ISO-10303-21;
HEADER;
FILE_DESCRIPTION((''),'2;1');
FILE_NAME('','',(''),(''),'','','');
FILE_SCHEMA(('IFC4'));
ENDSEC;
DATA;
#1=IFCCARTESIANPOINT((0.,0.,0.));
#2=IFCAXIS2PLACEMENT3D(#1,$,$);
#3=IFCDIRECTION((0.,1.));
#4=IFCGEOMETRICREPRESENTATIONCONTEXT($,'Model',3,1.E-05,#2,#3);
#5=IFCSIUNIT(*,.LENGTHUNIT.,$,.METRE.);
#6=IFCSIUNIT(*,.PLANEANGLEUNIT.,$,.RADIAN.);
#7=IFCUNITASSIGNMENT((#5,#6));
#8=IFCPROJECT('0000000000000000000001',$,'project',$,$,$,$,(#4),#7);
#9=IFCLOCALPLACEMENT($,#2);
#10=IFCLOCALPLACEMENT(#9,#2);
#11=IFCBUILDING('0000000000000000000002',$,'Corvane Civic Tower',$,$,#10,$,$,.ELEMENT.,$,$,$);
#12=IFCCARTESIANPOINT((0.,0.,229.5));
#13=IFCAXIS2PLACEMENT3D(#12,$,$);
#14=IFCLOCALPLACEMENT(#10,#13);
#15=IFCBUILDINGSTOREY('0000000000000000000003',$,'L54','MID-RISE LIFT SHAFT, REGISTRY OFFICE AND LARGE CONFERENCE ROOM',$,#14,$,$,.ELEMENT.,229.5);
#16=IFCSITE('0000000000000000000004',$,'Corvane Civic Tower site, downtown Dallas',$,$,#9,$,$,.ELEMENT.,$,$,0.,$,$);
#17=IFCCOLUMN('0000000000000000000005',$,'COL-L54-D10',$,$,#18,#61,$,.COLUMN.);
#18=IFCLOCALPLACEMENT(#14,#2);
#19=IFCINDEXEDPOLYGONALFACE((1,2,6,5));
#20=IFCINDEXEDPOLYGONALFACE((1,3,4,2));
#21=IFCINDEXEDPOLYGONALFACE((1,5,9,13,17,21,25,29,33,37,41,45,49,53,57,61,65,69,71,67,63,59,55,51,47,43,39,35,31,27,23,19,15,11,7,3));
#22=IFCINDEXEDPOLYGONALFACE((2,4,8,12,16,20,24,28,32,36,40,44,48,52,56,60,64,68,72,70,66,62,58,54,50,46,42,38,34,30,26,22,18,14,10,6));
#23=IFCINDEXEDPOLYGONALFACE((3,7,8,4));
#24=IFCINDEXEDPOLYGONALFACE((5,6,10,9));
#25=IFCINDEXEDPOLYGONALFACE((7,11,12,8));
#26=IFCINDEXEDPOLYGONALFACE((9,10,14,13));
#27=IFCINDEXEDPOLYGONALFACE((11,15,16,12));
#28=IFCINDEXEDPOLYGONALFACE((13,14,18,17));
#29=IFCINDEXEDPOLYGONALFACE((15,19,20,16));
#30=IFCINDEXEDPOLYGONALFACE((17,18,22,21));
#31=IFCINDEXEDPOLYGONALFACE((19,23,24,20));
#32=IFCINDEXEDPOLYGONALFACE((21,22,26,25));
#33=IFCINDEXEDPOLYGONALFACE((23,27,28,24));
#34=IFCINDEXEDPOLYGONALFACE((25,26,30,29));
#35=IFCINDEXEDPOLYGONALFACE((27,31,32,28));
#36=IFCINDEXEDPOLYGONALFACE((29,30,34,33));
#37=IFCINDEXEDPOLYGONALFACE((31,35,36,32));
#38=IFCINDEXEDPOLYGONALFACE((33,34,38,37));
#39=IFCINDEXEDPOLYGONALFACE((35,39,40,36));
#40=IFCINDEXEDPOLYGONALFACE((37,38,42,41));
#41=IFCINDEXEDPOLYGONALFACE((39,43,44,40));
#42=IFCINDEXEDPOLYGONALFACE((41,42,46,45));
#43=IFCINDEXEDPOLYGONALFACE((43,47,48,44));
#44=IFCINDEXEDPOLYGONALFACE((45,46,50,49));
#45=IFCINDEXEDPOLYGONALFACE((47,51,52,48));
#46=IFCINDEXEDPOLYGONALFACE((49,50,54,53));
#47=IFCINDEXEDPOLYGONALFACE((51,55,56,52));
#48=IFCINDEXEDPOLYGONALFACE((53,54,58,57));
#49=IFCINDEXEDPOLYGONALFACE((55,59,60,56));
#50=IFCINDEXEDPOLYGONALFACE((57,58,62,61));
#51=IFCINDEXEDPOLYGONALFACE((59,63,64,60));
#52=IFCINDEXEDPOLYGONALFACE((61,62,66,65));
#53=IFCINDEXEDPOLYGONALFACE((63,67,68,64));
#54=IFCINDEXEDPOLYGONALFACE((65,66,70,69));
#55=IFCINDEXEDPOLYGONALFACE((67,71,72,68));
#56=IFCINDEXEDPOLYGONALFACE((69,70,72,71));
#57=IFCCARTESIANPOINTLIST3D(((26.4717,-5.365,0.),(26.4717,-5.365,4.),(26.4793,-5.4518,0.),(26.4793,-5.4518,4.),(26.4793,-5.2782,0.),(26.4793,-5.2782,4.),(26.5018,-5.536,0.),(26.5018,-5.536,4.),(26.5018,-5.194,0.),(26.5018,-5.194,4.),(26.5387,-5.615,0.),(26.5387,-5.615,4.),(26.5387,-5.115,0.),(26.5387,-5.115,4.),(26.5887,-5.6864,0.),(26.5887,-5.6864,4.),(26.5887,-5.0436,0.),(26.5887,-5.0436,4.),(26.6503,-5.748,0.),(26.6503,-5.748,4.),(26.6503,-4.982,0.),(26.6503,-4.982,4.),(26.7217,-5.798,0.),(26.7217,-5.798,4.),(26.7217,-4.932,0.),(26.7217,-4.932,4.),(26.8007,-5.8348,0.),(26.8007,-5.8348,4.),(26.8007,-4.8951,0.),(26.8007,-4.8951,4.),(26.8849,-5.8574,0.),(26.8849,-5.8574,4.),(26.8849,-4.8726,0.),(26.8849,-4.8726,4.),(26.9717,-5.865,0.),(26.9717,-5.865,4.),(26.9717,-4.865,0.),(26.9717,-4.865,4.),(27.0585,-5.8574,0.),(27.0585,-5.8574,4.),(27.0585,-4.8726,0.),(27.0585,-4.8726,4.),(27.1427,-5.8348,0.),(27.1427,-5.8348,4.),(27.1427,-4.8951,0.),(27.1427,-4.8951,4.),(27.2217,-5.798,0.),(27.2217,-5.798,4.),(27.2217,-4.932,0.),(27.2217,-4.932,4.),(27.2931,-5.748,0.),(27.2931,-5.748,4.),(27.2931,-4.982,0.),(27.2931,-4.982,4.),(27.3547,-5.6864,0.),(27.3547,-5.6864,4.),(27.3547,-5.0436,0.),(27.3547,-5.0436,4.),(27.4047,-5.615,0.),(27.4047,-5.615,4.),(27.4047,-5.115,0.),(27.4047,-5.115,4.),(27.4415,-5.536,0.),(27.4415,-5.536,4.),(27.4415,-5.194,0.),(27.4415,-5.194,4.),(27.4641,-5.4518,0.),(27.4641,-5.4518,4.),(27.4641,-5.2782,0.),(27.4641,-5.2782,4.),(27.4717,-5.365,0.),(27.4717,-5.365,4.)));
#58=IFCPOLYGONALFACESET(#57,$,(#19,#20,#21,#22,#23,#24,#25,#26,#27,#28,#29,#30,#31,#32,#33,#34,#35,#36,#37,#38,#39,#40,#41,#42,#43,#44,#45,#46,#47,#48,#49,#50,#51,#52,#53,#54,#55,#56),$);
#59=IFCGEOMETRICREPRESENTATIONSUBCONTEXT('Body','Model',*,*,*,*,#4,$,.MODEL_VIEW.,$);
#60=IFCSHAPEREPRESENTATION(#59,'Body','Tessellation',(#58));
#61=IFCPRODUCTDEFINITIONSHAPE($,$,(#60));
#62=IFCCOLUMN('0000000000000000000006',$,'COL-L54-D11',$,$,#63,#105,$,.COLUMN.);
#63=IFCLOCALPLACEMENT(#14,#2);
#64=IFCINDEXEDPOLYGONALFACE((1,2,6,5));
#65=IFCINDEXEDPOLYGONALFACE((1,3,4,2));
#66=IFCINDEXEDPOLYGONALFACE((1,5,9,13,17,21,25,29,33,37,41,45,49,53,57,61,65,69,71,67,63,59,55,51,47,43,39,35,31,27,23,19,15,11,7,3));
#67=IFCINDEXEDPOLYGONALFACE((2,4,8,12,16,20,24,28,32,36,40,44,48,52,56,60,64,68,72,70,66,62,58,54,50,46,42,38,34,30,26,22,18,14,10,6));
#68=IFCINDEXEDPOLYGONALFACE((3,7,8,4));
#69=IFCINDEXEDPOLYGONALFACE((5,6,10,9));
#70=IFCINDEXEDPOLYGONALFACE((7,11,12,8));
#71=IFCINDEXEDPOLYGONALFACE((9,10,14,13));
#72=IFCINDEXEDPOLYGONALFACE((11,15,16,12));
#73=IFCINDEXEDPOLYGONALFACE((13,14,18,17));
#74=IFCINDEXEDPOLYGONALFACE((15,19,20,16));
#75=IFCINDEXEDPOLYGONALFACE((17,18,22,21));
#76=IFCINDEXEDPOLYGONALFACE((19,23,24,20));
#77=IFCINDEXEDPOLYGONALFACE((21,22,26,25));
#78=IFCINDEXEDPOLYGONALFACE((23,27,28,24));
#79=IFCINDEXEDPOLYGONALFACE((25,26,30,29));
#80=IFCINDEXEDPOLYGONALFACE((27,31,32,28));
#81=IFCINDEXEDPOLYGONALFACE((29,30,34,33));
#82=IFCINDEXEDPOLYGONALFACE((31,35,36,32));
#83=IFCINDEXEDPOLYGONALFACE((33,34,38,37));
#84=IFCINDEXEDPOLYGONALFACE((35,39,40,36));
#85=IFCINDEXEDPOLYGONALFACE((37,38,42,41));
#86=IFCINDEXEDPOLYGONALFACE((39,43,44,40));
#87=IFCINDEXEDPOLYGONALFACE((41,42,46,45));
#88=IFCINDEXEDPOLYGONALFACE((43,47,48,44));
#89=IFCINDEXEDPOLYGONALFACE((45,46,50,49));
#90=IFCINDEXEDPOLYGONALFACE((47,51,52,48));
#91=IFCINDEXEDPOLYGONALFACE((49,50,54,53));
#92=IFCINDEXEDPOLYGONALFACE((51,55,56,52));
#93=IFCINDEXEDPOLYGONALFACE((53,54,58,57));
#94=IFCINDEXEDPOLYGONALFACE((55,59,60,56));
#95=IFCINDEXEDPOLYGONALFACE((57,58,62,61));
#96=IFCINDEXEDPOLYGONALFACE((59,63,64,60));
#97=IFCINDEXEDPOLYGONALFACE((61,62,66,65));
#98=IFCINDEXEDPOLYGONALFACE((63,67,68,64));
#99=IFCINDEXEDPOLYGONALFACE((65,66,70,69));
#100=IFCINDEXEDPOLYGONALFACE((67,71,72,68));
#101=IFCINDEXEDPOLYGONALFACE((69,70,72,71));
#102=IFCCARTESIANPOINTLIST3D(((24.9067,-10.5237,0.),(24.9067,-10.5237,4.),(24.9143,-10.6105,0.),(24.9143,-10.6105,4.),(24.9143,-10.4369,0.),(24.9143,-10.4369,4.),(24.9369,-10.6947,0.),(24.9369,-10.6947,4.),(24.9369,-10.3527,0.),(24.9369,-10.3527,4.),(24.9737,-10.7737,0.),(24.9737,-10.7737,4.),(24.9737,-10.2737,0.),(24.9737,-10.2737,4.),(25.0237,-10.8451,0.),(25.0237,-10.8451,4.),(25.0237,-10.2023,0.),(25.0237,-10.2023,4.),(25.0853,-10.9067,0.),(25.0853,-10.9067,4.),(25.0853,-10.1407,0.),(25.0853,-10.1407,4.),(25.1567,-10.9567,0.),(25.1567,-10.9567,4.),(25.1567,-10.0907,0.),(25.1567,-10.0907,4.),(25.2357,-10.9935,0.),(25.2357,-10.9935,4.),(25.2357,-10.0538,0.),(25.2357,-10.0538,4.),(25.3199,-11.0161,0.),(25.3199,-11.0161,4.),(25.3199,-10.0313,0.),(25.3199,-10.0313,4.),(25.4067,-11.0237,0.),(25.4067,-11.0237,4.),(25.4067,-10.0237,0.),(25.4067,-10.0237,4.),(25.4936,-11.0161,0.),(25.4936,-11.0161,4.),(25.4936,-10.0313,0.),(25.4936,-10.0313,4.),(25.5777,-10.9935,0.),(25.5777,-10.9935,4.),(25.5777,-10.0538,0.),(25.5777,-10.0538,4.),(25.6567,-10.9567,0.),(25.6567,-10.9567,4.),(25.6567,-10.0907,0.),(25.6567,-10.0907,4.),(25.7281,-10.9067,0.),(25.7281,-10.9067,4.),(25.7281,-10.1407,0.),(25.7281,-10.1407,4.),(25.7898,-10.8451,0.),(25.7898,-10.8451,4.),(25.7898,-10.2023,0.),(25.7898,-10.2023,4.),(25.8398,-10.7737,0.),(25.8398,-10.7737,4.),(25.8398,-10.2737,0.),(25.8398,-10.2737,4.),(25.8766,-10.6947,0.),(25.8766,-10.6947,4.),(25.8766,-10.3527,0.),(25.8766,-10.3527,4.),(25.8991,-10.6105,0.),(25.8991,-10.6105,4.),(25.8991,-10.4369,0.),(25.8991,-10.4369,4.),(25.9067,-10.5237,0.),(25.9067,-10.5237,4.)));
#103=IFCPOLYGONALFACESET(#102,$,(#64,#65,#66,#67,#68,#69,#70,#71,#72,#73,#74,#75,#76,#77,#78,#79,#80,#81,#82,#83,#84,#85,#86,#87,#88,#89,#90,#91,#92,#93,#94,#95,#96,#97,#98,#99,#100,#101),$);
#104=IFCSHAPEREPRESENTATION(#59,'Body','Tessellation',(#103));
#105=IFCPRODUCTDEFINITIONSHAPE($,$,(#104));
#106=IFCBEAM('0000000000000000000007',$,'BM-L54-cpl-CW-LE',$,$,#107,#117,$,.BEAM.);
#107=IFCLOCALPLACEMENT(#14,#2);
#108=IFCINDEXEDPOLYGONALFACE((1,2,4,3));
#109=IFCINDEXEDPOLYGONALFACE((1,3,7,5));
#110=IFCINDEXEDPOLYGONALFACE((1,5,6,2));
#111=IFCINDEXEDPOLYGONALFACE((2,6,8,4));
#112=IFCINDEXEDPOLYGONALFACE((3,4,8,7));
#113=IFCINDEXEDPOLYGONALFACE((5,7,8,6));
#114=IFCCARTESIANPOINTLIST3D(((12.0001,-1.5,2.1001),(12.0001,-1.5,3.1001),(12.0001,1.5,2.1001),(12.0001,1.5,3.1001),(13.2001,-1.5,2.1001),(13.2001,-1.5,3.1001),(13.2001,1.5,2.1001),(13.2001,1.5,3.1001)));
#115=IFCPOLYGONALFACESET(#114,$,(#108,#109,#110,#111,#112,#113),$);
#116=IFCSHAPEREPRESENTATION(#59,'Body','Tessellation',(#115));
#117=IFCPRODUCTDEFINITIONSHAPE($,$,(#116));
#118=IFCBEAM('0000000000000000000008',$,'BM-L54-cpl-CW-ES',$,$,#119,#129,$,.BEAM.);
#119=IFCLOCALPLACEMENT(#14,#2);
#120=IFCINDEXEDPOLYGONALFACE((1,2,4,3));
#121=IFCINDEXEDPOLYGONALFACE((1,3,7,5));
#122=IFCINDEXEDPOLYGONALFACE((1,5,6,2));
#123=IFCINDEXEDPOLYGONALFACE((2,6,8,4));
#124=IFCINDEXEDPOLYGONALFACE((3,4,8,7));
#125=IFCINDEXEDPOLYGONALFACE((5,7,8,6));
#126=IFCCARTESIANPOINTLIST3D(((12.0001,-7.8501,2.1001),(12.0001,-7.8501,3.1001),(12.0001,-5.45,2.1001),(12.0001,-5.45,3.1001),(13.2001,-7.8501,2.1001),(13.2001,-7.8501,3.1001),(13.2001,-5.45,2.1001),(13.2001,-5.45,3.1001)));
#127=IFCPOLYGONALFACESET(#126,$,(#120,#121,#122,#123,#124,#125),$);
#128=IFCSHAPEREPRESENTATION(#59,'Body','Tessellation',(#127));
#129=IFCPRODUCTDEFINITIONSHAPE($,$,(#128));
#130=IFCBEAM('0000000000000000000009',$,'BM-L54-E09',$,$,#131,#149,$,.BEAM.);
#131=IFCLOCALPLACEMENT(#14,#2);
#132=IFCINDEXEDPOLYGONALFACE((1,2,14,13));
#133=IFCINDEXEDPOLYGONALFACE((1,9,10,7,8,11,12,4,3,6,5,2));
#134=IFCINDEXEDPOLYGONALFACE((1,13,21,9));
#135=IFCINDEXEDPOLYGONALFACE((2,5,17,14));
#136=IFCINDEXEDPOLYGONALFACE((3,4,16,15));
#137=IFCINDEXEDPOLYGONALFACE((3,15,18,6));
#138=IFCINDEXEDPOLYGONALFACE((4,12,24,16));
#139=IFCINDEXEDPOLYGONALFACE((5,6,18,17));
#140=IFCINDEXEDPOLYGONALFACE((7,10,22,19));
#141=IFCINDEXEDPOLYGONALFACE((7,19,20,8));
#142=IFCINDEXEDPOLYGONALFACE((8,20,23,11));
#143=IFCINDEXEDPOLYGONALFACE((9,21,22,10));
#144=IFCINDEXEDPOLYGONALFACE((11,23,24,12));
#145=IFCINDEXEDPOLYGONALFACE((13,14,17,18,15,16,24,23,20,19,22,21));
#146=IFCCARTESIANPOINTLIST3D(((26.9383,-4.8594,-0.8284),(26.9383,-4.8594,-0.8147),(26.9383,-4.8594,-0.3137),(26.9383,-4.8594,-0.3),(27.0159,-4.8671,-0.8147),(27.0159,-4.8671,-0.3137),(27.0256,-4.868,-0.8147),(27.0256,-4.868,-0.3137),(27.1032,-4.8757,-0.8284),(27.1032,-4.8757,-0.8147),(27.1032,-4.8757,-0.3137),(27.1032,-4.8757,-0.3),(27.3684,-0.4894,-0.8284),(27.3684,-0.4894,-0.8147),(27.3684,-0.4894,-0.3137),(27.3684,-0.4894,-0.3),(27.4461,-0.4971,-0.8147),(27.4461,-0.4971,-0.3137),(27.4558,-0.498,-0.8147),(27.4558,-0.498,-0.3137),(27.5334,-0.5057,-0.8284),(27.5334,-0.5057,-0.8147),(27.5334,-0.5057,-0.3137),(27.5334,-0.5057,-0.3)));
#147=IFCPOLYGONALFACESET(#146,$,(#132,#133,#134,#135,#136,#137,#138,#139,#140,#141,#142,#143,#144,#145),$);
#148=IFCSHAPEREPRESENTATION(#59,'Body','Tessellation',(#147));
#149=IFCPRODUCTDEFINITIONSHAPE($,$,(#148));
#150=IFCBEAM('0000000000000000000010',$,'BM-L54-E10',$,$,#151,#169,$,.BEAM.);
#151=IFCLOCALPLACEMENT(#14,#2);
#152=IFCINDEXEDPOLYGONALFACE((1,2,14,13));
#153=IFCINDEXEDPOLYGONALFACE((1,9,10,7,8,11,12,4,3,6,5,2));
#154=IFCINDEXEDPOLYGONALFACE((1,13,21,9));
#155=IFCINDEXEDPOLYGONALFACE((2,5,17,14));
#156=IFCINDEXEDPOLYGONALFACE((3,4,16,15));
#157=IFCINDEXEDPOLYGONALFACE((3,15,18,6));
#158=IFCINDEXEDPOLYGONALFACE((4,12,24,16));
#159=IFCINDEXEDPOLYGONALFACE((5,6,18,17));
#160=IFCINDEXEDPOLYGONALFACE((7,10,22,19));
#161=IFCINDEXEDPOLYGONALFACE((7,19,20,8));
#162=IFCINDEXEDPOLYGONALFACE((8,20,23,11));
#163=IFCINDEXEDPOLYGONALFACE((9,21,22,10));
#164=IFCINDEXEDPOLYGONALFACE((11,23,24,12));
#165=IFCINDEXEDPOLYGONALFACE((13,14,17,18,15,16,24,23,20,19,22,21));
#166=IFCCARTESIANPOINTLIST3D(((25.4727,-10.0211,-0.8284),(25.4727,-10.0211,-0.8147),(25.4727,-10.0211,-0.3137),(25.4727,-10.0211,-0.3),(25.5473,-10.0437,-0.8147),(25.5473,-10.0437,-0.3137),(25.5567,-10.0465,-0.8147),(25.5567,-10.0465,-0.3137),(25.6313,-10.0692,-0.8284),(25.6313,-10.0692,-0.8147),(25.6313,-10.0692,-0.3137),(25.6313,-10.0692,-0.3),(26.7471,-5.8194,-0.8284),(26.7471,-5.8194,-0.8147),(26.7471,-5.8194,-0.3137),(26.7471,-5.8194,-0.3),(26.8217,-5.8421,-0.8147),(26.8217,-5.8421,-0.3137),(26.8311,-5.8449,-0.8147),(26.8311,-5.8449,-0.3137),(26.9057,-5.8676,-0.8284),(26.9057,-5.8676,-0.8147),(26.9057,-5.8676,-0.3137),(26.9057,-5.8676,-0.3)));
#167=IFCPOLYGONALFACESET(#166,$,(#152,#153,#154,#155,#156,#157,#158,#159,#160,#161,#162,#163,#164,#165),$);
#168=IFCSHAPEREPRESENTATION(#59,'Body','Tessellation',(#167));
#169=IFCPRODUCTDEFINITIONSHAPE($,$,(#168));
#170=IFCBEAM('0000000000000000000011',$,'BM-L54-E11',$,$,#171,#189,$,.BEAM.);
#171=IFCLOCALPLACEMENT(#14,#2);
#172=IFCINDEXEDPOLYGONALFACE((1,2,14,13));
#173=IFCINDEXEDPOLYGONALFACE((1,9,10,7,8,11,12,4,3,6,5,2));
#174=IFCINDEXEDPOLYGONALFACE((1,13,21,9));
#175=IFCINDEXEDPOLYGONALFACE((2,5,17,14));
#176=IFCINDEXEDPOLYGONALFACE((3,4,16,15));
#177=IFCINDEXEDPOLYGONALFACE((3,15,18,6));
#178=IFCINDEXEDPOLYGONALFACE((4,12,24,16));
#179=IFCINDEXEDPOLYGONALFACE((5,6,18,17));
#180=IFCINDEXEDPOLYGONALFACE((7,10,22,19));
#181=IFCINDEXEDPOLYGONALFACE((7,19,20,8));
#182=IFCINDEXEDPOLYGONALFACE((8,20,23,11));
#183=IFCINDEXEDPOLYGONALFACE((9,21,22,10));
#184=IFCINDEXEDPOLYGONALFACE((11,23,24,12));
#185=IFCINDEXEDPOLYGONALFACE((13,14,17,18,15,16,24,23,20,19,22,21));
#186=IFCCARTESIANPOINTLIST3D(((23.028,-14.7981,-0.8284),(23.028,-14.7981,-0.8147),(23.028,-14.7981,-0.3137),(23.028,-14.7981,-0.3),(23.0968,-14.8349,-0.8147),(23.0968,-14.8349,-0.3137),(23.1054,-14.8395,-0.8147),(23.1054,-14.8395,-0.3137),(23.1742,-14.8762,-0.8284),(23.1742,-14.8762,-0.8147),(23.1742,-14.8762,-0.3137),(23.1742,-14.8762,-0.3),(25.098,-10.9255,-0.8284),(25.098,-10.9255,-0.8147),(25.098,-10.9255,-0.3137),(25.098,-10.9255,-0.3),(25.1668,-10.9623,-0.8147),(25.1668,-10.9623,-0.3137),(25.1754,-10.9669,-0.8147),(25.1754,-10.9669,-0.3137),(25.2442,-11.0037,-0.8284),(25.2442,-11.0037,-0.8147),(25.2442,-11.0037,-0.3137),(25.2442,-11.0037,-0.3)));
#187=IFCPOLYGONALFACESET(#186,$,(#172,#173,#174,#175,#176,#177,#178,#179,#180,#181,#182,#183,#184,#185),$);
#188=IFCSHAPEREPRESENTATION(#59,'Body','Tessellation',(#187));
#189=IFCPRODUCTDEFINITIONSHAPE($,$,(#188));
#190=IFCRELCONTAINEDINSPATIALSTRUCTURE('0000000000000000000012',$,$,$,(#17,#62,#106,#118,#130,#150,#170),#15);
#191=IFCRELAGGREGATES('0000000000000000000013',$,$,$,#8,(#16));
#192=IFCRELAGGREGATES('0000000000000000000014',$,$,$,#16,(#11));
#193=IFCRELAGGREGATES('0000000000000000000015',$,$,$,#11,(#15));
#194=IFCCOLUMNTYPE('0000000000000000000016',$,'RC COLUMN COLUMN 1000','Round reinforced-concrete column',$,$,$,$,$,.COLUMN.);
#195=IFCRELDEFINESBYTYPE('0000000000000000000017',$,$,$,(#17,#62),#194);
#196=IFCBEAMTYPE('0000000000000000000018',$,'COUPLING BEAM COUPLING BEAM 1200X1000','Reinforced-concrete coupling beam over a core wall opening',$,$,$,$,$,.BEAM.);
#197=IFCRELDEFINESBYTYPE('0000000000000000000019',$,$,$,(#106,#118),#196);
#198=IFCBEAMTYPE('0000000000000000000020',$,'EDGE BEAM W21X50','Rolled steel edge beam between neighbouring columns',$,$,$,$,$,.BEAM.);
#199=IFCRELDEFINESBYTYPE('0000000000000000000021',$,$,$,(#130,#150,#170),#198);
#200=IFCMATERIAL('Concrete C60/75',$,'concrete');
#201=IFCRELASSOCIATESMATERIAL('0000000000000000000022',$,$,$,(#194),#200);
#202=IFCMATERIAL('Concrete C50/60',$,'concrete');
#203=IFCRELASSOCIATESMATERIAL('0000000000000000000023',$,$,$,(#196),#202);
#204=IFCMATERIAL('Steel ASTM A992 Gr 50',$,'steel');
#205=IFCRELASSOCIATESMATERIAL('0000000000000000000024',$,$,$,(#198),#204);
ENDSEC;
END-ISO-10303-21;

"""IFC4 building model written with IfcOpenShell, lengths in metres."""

from ifc_helpers import new_model, si_unit, direction, frame, origin, origin_2d, place, context, subcontext, project, spatial, rectangle, circle, i_section, extrude, material, material_profile, profile_set, type_object, element, save


model = new_model("IFC4")

# Units and contexts
model_context = context("Model", 3, precision=1e-05, world=origin(), true_north=direction((0.0, 1.0)))
body_context = subcontext(model_context, "Body", "Model", "MODEL_VIEW")
ifc_project = project(units=[si_unit("LENGTHUNIT", "METRE"), si_unit("PLANEANGLEUNIT", "RADIAN")], contexts=[model_context])

# Site, building, storey
site_placement = place(None, origin())
site = spatial("IfcSite", under=ifc_project, at=site_placement, Name="Corvane Civic Tower site, downtown Dallas", CompositionType="ELEMENT", RefElevation=0.0)
building_placement = place(site_placement, origin())
building = spatial("IfcBuilding", under=site, at=building_placement, Name="Corvane Civic Tower", CompositionType="ELEMENT")
storey_placement = place(building_placement, frame((0.0, 0.0, 229.5)))
storey = spatial("IfcBuildingStorey", under=building, at=storey_placement, Name="L54", Description="MID-RISE LIFT SHAFT, REGISTRY OFFICE AND LARGE CONFERENCE ROOM", CompositionType="ELEMENT", Elevation=229.5)

# Columns
ifc_material_1 = material(Name="Concrete C60/75", Category="concrete")
ifc_material_profile_1 = material_profile(ifc_material_1, circle(Radius=0.5, at=origin_2d()), Name="COLUMN 1000")
ifc_profile_set_1 = profile_set([ifc_material_profile_1], Name="Concrete C60/75")
column_type = type_object("IfcColumnType", Name="RC COLUMN COLUMN 1000", Description="Round reinforced-concrete column", PredefinedType="COLUMN", material=ifc_profile_set_1)
for number, where, z_axis, x_axis, name in (
    (1, (26.9717, -5.365, 0.0), (0.0, 0.0, 1.0), (1.0, 0.0, 0.0), "COL-L54-D10"),
    (2, (25.4067, -10.5237, 0.0), (0.0, 0.0, 1.0), (1.0, 0.0, 0.0), "COL-L54-D11"),
):
    element("IfcColumn", number, at=place(storey_placement, frame(where, z_axis=z_axis, x_axis=x_axis)), inside=storey, type_object=column_type, Name=name, PredefinedType="COLUMN", context=body_context, shape_type="SweptSolid", body=[
        extrude(circle(Radius=0.5, at=origin_2d()), origin(), (0.0, 0.0, 1.0), 4.0),
    ])

# Beams
ifc_material_2 = material(Name="Concrete C50/60", Category="concrete")
ifc_material_profile_2 = material_profile(ifc_material_2, rectangle(XDim=1.2, YDim=1.0, at=origin_2d()), Name="COUPLING BEAM 1200X1000")
ifc_profile_set_2 = profile_set([ifc_material_profile_2], Name="Concrete C50/60")
beam_type_1 = type_object("IfcBeamType", Name="COUPLING BEAM COUPLING BEAM 1200X1000", Description="Reinforced-concrete coupling beam over a core wall opening", PredefinedType="BEAM", material=ifc_profile_set_2)
beam_1_placement = place(storey_placement, frame((12.6001, -1.5, 2.6001), z_axis=(0.0, 1.0, 0.0), x_axis=(-1.0, 0.0, 0.0)))
element("IfcBeam", 3, at=beam_1_placement, inside=storey, type_object=beam_type_1, Name="BM-L54-cpl-CW-LE", PredefinedType="BEAM", context=body_context, shape_type="SweptSolid", body=[
    extrude(rectangle(XDim=1.2, YDim=1.0, at=origin_2d()), origin(), (0.0, 0.0, 1.0), 3.0),
])
beam_2_placement = place(storey_placement, frame((12.6001, -7.8501, 2.6001), z_axis=(0.0, 1.0, 0.0), x_axis=(-1.0, 0.0, 0.0)))
element("IfcBeam", 4, at=beam_2_placement, inside=storey, type_object=beam_type_1, Name="BM-L54-cpl-CW-ES", PredefinedType="BEAM", context=body_context, shape_type="SweptSolid", body=[
    extrude(rectangle(XDim=1.2, YDim=1.0, at=origin_2d()), origin(), (0.0, 0.0, 1.0), 2.4001),
])
ifc_material_3 = material(Name="Steel ASTM A992 Gr 50", Category="steel")
ifc_material_profile_3 = material_profile(ifc_material_3, i_section(OverallWidth=0.1658, OverallDepth=0.5283, WebThickness=0.0098, FlangeThickness=0.0137, at=origin_2d()), Name="W21X50")
ifc_profile_set_3 = profile_set([ifc_material_profile_3], Name="Steel ASTM A992 Gr 50")
beam_type_2 = type_object("IfcBeamType", Name="EDGE BEAM W21X50", Description="Rolled steel edge beam between neighbouring columns", PredefinedType="BEAM", material=ifc_profile_set_3)
beam_3_placement = place(storey_placement, frame((27.4509, -0.4976, -0.5642), z_axis=(-0.097968, -0.99519, 0.0), x_axis=(0.99519, -0.097968, 0.0)))
element("IfcBeam", 5, at=beam_3_placement, inside=storey, type_object=beam_type_2, Name="BM-L54-E09", PredefinedType="BEAM", context=body_context, shape_type="SweptSolid", body=[
    extrude(i_section(OverallWidth=0.1658, OverallDepth=0.5283, WebThickness=0.0098, FlangeThickness=0.0137, at=origin_2d()), origin(), (0.0, 0.0, 1.0), 4.3911),
])
beam_4_placement = place(storey_placement, frame((26.8264, -5.8435, -0.5642), z_axis=(-0.290254, -0.95695, 0.0), x_axis=(0.95695, -0.290254, 0.0)))
element("IfcBeam", 6, at=beam_4_placement, inside=storey, type_object=beam_type_2, Name="BM-L54-E10", PredefinedType="BEAM", context=body_context, shape_type="SweptSolid", body=[
    extrude(i_section(OverallWidth=0.1658, OverallDepth=0.5283, WebThickness=0.0098, FlangeThickness=0.0137, at=origin_2d()), origin(), (0.0, 0.0, 1.0), 4.3906),
])
beam_5_placement = place(storey_placement, frame((25.1711, -10.9646, -0.5642), z_axis=(-0.471422, -0.881908, 0.0), x_axis=(0.881908, -0.471422, 0.0)))
element("IfcBeam", 7, at=beam_5_placement, inside=storey, type_object=beam_type_2, Name="BM-L54-E11", PredefinedType="BEAM", context=body_context, shape_type="SweptSolid", body=[
    extrude(i_section(OverallWidth=0.1658, OverallDepth=0.5283, WebThickness=0.0098, FlangeThickness=0.0137, at=origin_2d()), origin(), (0.0, 0.0, 1.0), 4.3911),
])

save(model, "model.ifc")
